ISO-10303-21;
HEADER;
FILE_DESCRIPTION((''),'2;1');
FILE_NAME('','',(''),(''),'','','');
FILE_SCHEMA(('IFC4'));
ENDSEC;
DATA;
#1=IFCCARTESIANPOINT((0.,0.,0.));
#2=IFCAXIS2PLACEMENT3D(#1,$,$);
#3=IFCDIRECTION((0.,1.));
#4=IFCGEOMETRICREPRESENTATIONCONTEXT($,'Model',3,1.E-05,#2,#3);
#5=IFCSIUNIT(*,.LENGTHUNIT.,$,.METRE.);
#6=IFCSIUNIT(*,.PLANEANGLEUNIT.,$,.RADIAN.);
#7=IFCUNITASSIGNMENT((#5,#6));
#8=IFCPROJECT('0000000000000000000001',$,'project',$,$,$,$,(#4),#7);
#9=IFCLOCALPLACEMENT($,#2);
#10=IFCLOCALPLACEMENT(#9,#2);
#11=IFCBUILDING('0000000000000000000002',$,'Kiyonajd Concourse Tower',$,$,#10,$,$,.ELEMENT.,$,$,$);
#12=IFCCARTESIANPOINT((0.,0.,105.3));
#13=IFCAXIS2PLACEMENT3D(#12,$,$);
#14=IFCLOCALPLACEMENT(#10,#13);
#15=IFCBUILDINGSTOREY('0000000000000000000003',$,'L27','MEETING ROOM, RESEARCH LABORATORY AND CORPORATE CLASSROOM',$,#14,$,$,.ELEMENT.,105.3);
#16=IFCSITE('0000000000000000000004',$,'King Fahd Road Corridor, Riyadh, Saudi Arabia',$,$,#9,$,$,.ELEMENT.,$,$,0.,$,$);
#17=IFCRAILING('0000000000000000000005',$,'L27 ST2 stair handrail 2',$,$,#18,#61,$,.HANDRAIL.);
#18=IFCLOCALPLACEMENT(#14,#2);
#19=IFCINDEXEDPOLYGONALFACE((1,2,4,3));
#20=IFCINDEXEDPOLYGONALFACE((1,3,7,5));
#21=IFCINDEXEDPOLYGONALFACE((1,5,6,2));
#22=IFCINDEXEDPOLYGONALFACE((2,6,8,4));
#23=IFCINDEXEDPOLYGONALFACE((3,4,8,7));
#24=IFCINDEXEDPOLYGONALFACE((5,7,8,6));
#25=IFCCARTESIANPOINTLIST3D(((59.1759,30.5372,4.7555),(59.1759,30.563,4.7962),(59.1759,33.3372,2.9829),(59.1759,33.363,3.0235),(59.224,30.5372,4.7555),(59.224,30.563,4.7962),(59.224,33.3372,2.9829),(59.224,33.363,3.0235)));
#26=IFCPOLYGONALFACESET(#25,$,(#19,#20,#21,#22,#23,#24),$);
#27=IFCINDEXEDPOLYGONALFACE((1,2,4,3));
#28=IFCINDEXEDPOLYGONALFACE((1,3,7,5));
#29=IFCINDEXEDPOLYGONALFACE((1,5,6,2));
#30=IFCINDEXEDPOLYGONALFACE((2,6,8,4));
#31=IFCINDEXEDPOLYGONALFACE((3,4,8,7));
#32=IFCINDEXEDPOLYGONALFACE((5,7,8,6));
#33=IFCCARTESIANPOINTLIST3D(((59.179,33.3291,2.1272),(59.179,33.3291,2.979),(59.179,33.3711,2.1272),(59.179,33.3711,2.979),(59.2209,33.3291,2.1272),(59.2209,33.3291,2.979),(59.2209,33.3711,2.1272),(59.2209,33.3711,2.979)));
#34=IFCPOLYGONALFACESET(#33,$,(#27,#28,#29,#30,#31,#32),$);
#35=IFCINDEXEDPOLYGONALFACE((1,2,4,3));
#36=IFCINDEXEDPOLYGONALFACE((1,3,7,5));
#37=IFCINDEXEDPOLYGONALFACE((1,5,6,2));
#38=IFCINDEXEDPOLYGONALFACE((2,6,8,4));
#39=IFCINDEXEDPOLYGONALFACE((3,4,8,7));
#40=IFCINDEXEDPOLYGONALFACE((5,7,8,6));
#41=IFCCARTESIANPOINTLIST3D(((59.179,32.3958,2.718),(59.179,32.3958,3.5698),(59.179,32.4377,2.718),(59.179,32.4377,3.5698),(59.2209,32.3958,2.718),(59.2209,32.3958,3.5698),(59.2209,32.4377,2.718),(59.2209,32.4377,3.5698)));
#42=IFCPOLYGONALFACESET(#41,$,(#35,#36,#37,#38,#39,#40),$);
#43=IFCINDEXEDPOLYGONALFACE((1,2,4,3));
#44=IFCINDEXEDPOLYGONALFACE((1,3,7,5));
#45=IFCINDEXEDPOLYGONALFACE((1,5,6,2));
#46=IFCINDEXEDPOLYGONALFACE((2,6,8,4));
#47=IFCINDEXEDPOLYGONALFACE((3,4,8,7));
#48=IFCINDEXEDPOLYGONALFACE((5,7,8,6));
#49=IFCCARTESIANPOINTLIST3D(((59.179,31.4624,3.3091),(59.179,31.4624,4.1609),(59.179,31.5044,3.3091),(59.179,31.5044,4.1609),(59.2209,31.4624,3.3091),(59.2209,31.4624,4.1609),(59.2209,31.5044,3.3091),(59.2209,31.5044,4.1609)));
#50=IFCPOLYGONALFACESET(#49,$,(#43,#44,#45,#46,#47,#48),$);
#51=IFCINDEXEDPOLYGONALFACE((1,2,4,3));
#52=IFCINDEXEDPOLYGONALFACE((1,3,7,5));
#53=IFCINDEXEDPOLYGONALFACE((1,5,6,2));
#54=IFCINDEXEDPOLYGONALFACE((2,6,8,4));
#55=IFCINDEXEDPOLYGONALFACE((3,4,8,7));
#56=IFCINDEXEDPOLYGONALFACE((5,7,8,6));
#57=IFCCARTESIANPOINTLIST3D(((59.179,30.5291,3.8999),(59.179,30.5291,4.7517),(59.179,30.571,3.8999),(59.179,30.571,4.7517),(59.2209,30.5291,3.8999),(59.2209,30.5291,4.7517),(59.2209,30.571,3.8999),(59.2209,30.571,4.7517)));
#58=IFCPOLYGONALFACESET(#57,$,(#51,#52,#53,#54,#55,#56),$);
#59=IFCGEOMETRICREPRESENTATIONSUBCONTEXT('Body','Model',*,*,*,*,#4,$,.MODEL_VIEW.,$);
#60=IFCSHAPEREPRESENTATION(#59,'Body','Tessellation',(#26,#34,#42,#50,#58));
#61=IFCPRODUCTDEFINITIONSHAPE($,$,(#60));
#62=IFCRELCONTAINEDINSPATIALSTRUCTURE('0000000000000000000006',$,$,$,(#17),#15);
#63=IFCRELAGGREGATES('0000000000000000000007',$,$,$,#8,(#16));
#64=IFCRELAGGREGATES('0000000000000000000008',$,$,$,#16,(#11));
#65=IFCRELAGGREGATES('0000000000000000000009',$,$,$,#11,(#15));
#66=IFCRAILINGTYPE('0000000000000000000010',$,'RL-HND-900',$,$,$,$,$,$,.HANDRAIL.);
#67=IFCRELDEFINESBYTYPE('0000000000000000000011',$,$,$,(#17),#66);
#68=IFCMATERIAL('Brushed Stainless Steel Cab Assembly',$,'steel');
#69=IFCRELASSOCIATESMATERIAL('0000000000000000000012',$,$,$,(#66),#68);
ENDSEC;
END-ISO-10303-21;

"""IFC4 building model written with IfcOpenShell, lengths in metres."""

from ifc_helpers import new_model, si_unit, direction, frame, origin, origin_2d, place, context, subcontext, project, spatial, rectangle, extrude, material, type_object, element, save


model = new_model("IFC4")

# Units and contexts
model_context = context("Model", 3, precision=1e-05, world=origin(), true_north=direction((0.0, 1.0)))
body_context = subcontext(model_context, "Body", "Model", "MODEL_VIEW")
ifc_project = project(units=[si_unit("LENGTHUNIT", "METRE"), si_unit("PLANEANGLEUNIT", "RADIAN")], contexts=[model_context])

# Site, building, storey
site_placement = place(None, origin())
site = spatial("IfcSite", under=ifc_project, at=site_placement, Name="King Fahd Road Corridor, Riyadh, Saudi Arabia", CompositionType="ELEMENT", RefElevation=0.0)
building_placement = place(site_placement, origin())
building = spatial("IfcBuilding", under=site, at=building_placement, Name="Kiyonajd Concourse Tower", CompositionType="ELEMENT")
storey_placement = place(building_placement, frame((0.0, 0.0, 105.3)))
storey = spatial("IfcBuildingStorey", under=building, at=storey_placement, Name="L27", Description="MEETING ROOM, RESEARCH LABORATORY AND CORPORATE CLASSROOM", CompositionType="ELEMENT", Elevation=105.3)

# Railing
ifc_material_1 = material(Name="Brushed Stainless Steel Cab Assembly", Category="steel")
railing_type_1 = type_object("IfcRailingType", Name="RL-HND-900", PredefinedType="HANDRAIL", material=ifc_material_1)
railing_1_placement = place(storey_placement, frame((59.2, 33.3501, 2.1272)))
element("IfcRailing", 1, at=railing_1_placement, inside=storey, type_object=railing_type_1, Name="L27 ST2 stair handrail 2", PredefinedType="HANDRAIL", context=body_context, shape_type="SweptSolid", body=[
    extrude(rectangle(XDim=0.0481, YDim=0.0481, at=origin_2d()), frame((0.0, 0.0, 0.876), z_axis=(0.0, -0.844909, 0.53491), x_axis=(1.0, 0.0, 0.0)), (0.0, 0.0, 1.0), 3.314),
    extrude(rectangle(XDim=0.042, YDim=0.042, at=origin_2d()), origin(), (0.0, 0.0, 1.0), 0.8518),
    extrude(rectangle(XDim=0.042, YDim=0.042, at=origin_2d()), frame((0.0, -0.9333, 0.5908)), (0.0, 0.0, 1.0), 0.8518),
    extrude(rectangle(XDim=0.042, YDim=0.042, at=origin_2d()), frame((0.0, -1.8667, 1.1819)), (0.0, 0.0, 1.0), 0.8518),
    extrude(rectangle(XDim=0.042, YDim=0.042, at=origin_2d()), frame((0.0, -2.8, 1.7727)), (0.0, 0.0, 1.0), 0.8518),
])

save(model, "model.ifc")
